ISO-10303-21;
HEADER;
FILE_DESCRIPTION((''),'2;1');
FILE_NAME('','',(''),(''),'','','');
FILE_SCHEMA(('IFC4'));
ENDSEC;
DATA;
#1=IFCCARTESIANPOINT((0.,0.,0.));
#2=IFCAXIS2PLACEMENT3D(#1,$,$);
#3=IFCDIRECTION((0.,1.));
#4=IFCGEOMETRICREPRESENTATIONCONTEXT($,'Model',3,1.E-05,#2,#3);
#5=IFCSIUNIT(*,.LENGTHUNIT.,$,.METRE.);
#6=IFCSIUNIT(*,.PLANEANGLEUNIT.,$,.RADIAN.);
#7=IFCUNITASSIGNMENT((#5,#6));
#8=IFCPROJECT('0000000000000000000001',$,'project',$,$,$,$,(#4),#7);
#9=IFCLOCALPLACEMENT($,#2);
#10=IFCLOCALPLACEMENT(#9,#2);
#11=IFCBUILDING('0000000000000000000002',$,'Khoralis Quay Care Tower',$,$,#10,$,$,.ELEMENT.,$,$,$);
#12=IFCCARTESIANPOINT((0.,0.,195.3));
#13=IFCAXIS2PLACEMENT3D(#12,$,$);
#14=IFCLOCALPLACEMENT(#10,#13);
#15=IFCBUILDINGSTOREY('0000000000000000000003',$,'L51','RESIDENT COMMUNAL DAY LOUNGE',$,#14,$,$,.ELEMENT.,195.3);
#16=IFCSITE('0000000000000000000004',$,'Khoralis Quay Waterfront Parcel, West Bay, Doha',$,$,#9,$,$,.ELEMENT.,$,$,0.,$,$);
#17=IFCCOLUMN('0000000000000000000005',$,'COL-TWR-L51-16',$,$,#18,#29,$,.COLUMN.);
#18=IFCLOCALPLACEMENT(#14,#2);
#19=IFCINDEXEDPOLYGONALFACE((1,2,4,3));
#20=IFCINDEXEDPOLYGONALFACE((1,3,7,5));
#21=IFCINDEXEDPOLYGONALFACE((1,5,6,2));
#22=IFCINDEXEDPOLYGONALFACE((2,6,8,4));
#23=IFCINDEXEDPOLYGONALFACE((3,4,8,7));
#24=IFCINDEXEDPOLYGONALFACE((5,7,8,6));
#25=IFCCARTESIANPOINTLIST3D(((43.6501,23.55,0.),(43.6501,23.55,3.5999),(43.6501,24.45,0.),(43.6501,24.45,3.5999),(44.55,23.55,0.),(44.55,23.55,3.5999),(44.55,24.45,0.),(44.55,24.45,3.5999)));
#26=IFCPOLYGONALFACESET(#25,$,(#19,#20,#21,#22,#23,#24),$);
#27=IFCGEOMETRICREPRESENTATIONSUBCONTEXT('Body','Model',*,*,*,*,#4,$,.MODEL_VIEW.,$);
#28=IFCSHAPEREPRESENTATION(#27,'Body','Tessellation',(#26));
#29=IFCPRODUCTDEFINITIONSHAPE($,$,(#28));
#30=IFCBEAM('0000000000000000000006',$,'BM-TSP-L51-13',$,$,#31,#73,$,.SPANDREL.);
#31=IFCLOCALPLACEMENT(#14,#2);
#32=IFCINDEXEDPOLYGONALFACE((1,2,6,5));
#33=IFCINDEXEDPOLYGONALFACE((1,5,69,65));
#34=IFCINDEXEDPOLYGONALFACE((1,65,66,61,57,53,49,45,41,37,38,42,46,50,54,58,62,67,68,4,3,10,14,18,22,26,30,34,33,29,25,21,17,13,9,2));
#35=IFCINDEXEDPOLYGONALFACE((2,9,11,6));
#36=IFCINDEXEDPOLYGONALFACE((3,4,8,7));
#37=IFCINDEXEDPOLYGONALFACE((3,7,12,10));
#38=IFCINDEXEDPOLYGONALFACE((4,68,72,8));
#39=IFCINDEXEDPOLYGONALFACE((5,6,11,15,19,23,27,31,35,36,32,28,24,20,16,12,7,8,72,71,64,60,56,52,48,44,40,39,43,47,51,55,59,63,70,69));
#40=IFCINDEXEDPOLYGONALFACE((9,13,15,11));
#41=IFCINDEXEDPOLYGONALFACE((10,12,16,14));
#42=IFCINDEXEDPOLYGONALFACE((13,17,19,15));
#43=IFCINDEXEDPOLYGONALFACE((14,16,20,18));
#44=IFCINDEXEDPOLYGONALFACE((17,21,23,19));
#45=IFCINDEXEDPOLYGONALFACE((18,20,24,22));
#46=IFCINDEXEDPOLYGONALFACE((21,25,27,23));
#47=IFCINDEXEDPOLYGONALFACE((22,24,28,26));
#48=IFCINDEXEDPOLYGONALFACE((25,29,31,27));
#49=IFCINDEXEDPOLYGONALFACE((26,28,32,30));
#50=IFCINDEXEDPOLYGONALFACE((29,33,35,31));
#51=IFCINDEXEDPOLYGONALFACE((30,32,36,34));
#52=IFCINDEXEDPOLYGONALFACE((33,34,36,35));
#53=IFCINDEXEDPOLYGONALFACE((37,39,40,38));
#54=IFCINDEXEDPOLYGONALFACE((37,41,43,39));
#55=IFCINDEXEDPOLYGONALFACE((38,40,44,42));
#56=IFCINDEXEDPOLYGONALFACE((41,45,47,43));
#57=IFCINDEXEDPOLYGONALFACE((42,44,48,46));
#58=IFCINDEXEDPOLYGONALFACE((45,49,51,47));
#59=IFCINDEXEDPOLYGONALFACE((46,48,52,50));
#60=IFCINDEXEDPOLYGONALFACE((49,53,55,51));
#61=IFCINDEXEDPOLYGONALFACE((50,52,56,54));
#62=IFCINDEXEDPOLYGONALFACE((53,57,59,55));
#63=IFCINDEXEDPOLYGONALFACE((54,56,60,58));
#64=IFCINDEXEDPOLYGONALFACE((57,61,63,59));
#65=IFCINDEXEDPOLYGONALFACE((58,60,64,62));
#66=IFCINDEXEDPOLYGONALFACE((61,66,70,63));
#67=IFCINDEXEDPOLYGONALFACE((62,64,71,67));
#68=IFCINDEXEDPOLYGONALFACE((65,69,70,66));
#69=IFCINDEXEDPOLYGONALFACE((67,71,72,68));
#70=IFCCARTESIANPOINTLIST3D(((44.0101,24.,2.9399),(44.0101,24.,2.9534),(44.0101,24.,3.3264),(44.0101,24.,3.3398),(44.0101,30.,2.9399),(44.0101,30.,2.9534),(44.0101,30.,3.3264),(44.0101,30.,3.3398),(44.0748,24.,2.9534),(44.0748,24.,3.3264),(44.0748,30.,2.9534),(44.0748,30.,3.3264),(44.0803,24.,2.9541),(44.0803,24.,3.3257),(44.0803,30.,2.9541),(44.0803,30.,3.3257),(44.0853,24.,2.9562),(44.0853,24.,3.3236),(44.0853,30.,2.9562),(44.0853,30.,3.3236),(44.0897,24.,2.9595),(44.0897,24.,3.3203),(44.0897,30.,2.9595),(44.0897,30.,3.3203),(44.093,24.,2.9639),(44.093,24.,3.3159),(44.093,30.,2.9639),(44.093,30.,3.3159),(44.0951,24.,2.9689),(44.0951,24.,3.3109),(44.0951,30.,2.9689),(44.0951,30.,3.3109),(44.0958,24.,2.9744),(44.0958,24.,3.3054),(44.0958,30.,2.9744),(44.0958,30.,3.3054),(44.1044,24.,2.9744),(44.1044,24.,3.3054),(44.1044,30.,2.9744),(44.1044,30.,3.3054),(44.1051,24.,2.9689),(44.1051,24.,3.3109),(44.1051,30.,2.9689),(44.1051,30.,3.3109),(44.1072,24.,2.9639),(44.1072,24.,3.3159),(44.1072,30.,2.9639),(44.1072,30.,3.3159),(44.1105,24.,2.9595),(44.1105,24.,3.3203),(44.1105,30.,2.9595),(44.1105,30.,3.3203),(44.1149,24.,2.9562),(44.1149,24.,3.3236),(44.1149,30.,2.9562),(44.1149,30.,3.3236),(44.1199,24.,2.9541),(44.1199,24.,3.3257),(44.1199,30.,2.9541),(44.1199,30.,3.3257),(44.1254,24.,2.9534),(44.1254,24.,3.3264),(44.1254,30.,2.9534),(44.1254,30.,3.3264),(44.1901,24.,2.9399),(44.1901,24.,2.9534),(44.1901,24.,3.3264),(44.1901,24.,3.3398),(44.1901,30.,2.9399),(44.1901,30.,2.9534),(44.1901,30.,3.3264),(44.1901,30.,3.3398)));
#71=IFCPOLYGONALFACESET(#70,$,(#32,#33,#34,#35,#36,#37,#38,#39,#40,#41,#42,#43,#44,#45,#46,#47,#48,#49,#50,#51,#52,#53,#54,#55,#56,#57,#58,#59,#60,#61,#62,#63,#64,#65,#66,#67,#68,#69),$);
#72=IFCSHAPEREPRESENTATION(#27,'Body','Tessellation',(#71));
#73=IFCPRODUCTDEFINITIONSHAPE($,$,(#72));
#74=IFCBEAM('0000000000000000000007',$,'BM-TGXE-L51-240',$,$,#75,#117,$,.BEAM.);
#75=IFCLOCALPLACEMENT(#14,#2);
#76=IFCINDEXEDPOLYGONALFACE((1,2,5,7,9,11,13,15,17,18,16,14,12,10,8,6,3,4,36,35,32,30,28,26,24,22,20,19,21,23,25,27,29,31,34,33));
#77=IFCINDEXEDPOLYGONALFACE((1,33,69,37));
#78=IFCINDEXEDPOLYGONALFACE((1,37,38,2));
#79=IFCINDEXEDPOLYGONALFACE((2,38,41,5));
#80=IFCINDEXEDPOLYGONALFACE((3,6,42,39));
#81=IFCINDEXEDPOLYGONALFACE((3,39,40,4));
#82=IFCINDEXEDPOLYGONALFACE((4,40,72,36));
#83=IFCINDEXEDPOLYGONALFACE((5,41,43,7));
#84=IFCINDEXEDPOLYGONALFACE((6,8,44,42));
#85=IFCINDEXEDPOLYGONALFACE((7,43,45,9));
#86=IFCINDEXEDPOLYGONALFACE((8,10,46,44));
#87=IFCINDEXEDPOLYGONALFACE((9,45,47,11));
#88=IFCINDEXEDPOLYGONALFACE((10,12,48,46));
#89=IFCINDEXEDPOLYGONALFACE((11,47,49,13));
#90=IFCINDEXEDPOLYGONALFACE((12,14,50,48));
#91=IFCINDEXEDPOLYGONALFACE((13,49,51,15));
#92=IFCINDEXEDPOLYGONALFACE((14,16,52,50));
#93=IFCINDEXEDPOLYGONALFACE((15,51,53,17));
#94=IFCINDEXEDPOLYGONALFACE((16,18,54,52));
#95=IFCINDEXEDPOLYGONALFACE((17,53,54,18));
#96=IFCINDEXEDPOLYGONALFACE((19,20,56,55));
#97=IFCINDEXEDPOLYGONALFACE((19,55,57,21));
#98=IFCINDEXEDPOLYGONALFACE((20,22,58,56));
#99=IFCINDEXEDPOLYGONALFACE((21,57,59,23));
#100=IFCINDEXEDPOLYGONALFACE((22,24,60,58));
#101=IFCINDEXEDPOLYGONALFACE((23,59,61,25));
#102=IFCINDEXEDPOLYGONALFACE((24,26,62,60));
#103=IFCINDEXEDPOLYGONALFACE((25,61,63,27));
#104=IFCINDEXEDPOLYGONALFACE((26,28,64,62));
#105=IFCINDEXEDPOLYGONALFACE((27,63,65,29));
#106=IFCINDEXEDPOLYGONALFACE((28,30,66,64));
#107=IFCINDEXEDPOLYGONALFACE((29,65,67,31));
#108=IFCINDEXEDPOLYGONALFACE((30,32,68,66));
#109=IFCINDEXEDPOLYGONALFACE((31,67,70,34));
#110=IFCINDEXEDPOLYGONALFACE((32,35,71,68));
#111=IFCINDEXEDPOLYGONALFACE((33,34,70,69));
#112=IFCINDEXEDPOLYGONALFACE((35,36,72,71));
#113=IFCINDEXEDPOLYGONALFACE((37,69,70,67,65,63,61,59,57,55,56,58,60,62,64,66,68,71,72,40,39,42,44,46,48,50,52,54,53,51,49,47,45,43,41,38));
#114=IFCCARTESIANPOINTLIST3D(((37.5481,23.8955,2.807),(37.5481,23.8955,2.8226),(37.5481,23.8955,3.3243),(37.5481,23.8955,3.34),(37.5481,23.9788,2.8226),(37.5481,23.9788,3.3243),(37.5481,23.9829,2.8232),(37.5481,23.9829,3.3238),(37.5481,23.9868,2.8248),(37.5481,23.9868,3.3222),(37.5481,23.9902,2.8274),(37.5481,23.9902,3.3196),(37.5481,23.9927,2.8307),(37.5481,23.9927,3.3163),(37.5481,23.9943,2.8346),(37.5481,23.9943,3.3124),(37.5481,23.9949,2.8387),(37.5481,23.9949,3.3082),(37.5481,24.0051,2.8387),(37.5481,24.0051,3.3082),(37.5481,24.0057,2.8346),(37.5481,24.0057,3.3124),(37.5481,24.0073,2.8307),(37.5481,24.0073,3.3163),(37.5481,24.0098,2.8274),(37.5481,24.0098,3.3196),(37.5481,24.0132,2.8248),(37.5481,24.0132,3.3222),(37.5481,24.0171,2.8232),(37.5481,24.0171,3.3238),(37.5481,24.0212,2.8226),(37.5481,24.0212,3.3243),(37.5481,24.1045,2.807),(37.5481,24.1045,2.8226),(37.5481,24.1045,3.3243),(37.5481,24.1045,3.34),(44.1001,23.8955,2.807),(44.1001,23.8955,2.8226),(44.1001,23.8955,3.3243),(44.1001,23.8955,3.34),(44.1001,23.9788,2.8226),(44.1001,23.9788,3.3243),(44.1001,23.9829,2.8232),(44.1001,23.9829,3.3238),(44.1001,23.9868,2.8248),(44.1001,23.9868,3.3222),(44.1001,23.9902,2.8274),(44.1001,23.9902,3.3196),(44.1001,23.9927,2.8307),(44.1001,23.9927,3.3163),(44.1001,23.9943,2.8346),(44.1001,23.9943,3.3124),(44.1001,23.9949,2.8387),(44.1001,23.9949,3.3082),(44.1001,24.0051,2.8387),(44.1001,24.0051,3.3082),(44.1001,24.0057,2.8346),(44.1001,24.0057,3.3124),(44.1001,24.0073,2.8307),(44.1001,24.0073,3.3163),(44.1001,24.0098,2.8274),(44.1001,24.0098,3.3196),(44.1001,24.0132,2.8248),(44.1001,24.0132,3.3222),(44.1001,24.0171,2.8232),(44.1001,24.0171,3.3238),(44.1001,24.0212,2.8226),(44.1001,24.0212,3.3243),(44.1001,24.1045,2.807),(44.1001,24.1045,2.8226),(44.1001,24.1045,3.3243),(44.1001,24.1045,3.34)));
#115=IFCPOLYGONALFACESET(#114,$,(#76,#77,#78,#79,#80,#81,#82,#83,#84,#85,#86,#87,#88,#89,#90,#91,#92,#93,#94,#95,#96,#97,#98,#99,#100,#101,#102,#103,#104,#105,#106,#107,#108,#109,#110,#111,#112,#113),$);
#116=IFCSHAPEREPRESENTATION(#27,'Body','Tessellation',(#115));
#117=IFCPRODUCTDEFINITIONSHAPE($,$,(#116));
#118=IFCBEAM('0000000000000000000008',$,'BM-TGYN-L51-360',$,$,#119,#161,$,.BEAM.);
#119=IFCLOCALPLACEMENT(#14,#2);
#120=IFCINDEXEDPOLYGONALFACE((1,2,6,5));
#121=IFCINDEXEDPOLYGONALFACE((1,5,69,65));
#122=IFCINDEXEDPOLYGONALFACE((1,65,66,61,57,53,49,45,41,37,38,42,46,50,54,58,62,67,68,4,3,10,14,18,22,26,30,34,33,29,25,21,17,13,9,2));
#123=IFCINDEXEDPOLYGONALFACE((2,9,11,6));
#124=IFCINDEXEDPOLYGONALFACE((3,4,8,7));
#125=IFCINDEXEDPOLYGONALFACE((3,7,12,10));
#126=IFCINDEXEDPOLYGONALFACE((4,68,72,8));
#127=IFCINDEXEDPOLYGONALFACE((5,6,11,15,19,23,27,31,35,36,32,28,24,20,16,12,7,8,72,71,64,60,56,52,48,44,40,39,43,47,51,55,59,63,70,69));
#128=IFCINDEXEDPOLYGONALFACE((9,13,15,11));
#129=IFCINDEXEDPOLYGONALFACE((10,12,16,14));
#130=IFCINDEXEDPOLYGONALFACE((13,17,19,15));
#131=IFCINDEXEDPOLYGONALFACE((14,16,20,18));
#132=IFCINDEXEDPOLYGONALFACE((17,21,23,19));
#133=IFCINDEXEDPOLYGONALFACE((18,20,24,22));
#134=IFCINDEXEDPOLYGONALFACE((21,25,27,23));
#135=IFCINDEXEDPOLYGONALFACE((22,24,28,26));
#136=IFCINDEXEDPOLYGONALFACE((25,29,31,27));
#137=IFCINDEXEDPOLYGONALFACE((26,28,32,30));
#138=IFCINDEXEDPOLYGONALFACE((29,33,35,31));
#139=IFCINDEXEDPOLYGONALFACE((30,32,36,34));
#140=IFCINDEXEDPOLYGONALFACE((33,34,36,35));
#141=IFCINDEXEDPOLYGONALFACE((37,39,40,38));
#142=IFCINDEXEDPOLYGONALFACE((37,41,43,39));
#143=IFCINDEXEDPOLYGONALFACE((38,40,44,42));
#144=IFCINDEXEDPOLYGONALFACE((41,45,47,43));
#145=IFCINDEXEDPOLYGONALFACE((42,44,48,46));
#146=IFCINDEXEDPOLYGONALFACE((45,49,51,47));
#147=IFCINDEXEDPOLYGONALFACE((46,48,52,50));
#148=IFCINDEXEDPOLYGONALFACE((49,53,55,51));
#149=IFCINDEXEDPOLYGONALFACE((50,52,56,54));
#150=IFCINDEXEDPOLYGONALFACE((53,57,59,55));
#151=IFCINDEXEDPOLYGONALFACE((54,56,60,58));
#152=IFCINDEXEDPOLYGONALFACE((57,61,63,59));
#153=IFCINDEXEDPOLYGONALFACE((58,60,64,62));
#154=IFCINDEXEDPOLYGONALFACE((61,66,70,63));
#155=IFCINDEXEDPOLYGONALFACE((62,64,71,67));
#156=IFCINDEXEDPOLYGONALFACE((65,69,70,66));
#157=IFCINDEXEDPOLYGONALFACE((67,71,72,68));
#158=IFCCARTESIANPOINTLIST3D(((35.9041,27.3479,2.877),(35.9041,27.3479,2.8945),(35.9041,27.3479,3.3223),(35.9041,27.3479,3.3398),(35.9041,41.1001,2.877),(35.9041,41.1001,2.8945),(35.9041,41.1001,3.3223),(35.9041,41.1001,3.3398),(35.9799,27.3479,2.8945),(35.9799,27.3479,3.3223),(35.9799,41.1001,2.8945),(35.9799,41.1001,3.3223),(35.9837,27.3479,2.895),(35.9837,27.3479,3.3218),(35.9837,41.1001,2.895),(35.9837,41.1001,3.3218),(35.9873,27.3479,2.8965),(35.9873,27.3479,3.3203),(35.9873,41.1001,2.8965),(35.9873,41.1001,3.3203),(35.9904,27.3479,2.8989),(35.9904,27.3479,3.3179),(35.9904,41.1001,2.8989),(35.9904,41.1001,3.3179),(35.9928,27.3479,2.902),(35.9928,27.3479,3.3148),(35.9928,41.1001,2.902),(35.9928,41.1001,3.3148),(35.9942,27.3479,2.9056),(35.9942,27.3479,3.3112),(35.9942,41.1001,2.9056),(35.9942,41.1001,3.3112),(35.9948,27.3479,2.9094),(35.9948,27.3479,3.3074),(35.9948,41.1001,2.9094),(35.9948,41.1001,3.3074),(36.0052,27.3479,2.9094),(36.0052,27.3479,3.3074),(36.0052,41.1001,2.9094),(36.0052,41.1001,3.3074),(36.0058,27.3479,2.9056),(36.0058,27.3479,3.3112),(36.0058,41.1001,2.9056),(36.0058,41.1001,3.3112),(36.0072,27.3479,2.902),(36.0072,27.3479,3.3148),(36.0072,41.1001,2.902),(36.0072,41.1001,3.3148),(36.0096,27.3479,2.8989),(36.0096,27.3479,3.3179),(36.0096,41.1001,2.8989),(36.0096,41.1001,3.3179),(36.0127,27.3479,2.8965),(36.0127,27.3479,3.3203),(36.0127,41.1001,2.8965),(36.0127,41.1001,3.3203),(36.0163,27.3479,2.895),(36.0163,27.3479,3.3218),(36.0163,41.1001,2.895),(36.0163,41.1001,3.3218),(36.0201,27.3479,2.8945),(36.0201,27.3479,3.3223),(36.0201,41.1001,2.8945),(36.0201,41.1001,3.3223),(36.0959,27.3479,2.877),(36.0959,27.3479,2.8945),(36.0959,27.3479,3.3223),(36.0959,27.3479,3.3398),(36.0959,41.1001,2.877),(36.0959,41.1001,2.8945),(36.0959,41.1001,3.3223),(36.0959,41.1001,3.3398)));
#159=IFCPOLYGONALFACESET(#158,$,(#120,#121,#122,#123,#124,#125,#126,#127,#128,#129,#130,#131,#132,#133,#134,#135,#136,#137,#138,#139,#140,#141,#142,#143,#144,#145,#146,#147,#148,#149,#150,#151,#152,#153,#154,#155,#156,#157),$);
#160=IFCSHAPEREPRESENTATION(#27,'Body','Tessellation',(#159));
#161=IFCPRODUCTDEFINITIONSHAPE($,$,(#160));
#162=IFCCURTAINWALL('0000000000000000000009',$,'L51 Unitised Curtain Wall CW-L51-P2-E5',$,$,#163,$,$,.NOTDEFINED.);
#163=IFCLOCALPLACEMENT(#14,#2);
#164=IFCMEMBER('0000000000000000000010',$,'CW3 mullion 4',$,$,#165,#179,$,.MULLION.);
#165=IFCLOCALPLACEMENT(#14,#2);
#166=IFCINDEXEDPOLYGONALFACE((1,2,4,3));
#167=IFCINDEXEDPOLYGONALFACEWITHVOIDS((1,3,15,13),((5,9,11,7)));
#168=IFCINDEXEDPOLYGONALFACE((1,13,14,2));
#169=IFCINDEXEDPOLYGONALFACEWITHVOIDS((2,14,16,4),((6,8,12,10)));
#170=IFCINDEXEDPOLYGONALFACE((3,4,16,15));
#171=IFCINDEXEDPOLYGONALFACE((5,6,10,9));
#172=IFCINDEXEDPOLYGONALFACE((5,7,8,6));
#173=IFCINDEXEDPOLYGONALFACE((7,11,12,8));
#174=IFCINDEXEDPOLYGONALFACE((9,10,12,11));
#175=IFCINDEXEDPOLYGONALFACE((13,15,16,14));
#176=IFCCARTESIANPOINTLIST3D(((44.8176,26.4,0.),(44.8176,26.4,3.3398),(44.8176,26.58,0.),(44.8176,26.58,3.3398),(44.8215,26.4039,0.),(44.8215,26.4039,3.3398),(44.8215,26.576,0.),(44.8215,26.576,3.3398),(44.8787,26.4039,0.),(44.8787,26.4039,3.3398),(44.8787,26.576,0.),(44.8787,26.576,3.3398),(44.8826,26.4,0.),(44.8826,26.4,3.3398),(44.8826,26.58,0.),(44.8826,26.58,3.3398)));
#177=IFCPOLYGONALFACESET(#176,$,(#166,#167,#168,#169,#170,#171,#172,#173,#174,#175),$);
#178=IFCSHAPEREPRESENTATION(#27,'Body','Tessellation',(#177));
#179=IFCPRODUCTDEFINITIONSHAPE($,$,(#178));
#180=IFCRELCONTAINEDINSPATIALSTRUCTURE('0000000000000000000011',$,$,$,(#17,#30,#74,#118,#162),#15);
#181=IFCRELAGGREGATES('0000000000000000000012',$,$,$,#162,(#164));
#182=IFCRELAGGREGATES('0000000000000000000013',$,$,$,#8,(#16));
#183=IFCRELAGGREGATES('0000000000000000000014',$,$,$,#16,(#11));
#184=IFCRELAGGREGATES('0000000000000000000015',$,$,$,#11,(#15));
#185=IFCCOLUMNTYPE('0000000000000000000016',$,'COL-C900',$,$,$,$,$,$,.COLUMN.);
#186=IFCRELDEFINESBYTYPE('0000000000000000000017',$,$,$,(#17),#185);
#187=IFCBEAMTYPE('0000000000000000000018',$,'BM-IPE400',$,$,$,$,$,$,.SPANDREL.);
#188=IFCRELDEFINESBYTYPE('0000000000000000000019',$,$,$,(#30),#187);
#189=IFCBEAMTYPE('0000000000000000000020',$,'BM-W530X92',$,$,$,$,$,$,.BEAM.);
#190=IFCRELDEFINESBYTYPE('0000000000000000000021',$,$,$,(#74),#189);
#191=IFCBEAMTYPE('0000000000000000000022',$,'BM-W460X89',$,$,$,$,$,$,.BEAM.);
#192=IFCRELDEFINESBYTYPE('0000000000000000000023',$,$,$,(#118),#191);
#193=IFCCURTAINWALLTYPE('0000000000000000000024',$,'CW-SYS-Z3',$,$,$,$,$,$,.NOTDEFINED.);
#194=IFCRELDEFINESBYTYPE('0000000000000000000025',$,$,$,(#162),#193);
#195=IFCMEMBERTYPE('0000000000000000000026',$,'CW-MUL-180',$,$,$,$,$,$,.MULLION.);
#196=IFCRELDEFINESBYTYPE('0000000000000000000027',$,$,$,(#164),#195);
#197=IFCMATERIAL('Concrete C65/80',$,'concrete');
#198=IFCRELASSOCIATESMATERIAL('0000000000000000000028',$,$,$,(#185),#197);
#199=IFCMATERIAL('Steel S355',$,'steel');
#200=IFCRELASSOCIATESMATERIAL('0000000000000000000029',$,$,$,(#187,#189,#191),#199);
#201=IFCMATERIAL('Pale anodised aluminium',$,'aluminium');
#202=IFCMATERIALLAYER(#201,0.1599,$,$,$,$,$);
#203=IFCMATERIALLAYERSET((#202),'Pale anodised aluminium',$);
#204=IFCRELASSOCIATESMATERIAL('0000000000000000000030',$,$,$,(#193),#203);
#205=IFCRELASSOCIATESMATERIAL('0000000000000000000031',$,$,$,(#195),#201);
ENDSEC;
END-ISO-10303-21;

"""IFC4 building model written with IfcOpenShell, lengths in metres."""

from ifc_helpers import new_model, si_unit, direction, frame, origin, origin_2d, place, context, subcontext, project, spatial, rectangle, hollow_rectangle, i_section, extrude, source, transform, mapped, material, layer, layer_set, material_profile, profile_set, type_object, element, aggregate, save


model = new_model("IFC4")

# Units and contexts
model_context = context("Model", 3, precision=1e-05, world=origin(), true_north=direction((0.0, 1.0)))
body_context = subcontext(model_context, "Body", "Model", "MODEL_VIEW")
ifc_project = project(units=[si_unit("LENGTHUNIT", "METRE"), si_unit("PLANEANGLEUNIT", "RADIAN")], contexts=[model_context])

# Site, building, storey
site_placement = place(None, origin())
site = spatial("IfcSite", under=ifc_project, at=site_placement, Name="Khoralis Quay Waterfront Parcel, West Bay, Doha", CompositionType="ELEMENT", RefElevation=0.0)
building_placement = place(site_placement, origin())
building = spatial("IfcBuilding", under=site, at=building_placement, Name="Khoralis Quay Care Tower", CompositionType="ELEMENT")
storey_placement = place(building_placement, frame((0.0, 0.0, 195.3)))
storey = spatial("IfcBuildingStorey", under=building, at=storey_placement, Name="L51", Description="RESIDENT COMMUNAL DAY LOUNGE", CompositionType="ELEMENT", Elevation=195.3)

# Column
ifc_material_1 = material(Name="Concrete C65/80", Category="concrete")
ifc_material_profile_1 = material_profile(ifc_material_1, rectangle(XDim=0.8999, YDim=0.8999, at=origin_2d()), Name="Concrete C65/80")
ifc_profile_set_1 = profile_set([ifc_material_profile_1], Name="Concrete C65/80")
column_type = type_object("IfcColumnType", Name="COL-C900", PredefinedType="COLUMN", material=ifc_profile_set_1)
shared_shape_1 = source(origin(), body_context, "Body", "SweptSolid", [
    extrude(rectangle(XDim=0.8999, YDim=0.8999, at=origin_2d()), origin(), (0.0, 0.0, 1.0), 3.5999),
])
column_placement = place(storey_placement, frame((44.1001, 24.0, 0.0), z_axis=(0.0, 0.0, 1.0), x_axis=(1.0, 0.0, 0.0)))
element("IfcColumn", 1, at=column_placement, inside=storey, type_object=column_type, Name="COL-TWR-L51-16", PredefinedType="COLUMN", context=body_context, shape_type="MappedRepresentation", body=[
    mapped(shared_shape_1, transform((0.0, 0.0, 0.0), scale=1.0)),
])

# Beams
ifc_material_2 = material(Name="Steel S355", Category="steel")
ifc_material_profile_2 = material_profile(ifc_material_2, i_section(OverallWidth=0.1799, OverallDepth=0.3999, WebThickness=0.0085, FlangeThickness=0.0134, FilletRadius=0.021, at=origin_2d()), Name="Steel S355")
ifc_profile_set_2 = profile_set([ifc_material_profile_2], Name="Steel S355")
beam_type_1 = type_object("IfcBeamType", Name="BM-IPE400", PredefinedType="SPANDREL", material=ifc_profile_set_2)
shared_shape_2 = source(origin(), body_context, "Body", "SweptSolid", [
    extrude(i_section(OverallWidth=0.1799, OverallDepth=0.3999, WebThickness=0.0085, FlangeThickness=0.0134, FilletRadius=0.021, at=origin_2d()), origin(), (0.0, 0.0, 1.0), 6.0),
])
beam_1_placement = place(storey_placement, frame((44.1001, 24.0, 3.1399), z_axis=(0.0, 1.0, 0.0), x_axis=(-1.0, 0.0, 0.0)))
element("IfcBeam", 2, at=beam_1_placement, inside=storey, type_object=beam_type_1, Name="BM-TSP-L51-13", PredefinedType="SPANDREL", context=body_context, shape_type="MappedRepresentation", body=[
    mapped(shared_shape_2, transform((0.0, 0.0, 0.0), scale=1.0)),
])
ifc_material_profile_3 = material_profile(ifc_material_2, i_section(OverallWidth=0.209, OverallDepth=0.533, WebThickness=0.0103, FlangeThickness=0.0156, FilletRadius=0.0161, at=origin_2d()), Name="Steel S355")
ifc_profile_set_3 = profile_set([ifc_material_profile_3], Name="Steel S355")
beam_type_2 = type_object("IfcBeamType", Name="BM-W530X92", PredefinedType="BEAM", material=ifc_profile_set_3)
shared_shape_3 = source(origin(), body_context, "Body", "SweptSolid", [
    extrude(i_section(OverallWidth=0.209, OverallDepth=0.533, WebThickness=0.0103, FlangeThickness=0.0156, FilletRadius=0.0161, at=origin_2d()), origin(), (0.0, 0.0, 1.0), 6.552),
])
beam_2_placement = place(storey_placement, frame((37.5481, 24.0, 3.0735), z_axis=(1.0, 0.0, 0.0), x_axis=(0.0, 1.0, 0.0)))
element("IfcBeam", 3, at=beam_2_placement, inside=storey, type_object=beam_type_2, Name="BM-TGXE-L51-240", PredefinedType="BEAM", context=body_context, shape_type="MappedRepresentation", body=[
    mapped(shared_shape_3, transform((0.0, 0.0, 0.0), scale=1.0)),
])
ifc_material_profile_4 = material_profile(ifc_material_2, i_section(OverallWidth=0.1919, OverallDepth=0.4629, WebThickness=0.0105, FlangeThickness=0.0176, FilletRadius=0.0149, at=origin_2d()), Name="Steel S355")
ifc_profile_set_4 = profile_set([ifc_material_profile_4], Name="Steel S355")
beam_type_3 = type_object("IfcBeamType", Name="BM-W460X89", PredefinedType="BEAM", material=ifc_profile_set_4)
shared_shape_4 = source(origin(), body_context, "Body", "SweptSolid", [
    extrude(i_section(OverallWidth=0.1919, OverallDepth=0.4629, WebThickness=0.0105, FlangeThickness=0.0176, FilletRadius=0.0149, at=origin_2d()), origin(), (0.0, 0.0, 1.0), 13.7522),
])
beam_3_placement = place(storey_placement, frame((36.0, 27.3479, 3.1084), z_axis=(0.0, 1.0, 0.0), x_axis=(-1.0, 0.0, 0.0)))
element("IfcBeam", 4, at=beam_3_placement, inside=storey, type_object=beam_type_3, Name="BM-TGYN-L51-360", PredefinedType="BEAM", context=body_context, shape_type="MappedRepresentation", body=[
    mapped(shared_shape_4, transform((0.0, 0.0, 0.0), scale=1.0)),
])

# Curtain wall, member
ifc_material_3 = material(Name="Pale anodised aluminium", Category="aluminium")
ifc_layer_1 = layer(ifc_material_3, 0.1599)
ifc_layer_set_1 = layer_set([ifc_layer_1], Name="Pale anodised aluminium")
curtain_wall_type = type_object("IfcCurtainWallType", Name="CW-SYS-Z3", PredefinedType="NOTDEFINED", material=ifc_layer_set_1)
curtain_wall_placement = place(storey_placement, origin())
curtain_wall = element("IfcCurtainWall", 5, at=curtain_wall_placement, inside=storey, type_object=curtain_wall_type, Name="L51 Unitised Curtain Wall CW-L51-P2-E5", PredefinedType="NOTDEFINED")
ifc_material_profile_5 = material_profile(ifc_material_3, hollow_rectangle(XDim=0.0649, YDim=0.1799, WallThickness=0.0039, at=origin_2d()), Name="Pale anodised aluminium")
ifc_profile_set_5 = profile_set([ifc_material_profile_5], Name="Pale anodised aluminium")
member_type_1 = type_object("IfcMemberType", Name="CW-MUL-180", PredefinedType="MULLION", material=ifc_profile_set_5)
shared_shape_5 = source(origin(), body_context, "Body", "SweptSolid", [
    extrude(hollow_rectangle(XDim=0.0649, YDim=0.1799, WallThickness=0.0039, at=origin_2d()), origin(), (0.0, 0.0, 1.0), 3.3398),
])
member_1_placement = place(storey_placement, frame((44.8501, 26.49, 0.0), z_axis=(0.0, 0.0, 1.0), x_axis=(-1.0, 0.0, 0.0)))
member_1 = element("IfcMember", 6, at=member_1_placement, type_object=member_type_1, Name="CW3 mullion 4", PredefinedType="MULLION", context=body_context, shape_type="MappedRepresentation", body=[
    mapped(shared_shape_5, transform((0.0, 0.0, 0.0), scale=1.0)),
])
aggregate(curtain_wall, [member_1])

save(model, "model.ifc")
